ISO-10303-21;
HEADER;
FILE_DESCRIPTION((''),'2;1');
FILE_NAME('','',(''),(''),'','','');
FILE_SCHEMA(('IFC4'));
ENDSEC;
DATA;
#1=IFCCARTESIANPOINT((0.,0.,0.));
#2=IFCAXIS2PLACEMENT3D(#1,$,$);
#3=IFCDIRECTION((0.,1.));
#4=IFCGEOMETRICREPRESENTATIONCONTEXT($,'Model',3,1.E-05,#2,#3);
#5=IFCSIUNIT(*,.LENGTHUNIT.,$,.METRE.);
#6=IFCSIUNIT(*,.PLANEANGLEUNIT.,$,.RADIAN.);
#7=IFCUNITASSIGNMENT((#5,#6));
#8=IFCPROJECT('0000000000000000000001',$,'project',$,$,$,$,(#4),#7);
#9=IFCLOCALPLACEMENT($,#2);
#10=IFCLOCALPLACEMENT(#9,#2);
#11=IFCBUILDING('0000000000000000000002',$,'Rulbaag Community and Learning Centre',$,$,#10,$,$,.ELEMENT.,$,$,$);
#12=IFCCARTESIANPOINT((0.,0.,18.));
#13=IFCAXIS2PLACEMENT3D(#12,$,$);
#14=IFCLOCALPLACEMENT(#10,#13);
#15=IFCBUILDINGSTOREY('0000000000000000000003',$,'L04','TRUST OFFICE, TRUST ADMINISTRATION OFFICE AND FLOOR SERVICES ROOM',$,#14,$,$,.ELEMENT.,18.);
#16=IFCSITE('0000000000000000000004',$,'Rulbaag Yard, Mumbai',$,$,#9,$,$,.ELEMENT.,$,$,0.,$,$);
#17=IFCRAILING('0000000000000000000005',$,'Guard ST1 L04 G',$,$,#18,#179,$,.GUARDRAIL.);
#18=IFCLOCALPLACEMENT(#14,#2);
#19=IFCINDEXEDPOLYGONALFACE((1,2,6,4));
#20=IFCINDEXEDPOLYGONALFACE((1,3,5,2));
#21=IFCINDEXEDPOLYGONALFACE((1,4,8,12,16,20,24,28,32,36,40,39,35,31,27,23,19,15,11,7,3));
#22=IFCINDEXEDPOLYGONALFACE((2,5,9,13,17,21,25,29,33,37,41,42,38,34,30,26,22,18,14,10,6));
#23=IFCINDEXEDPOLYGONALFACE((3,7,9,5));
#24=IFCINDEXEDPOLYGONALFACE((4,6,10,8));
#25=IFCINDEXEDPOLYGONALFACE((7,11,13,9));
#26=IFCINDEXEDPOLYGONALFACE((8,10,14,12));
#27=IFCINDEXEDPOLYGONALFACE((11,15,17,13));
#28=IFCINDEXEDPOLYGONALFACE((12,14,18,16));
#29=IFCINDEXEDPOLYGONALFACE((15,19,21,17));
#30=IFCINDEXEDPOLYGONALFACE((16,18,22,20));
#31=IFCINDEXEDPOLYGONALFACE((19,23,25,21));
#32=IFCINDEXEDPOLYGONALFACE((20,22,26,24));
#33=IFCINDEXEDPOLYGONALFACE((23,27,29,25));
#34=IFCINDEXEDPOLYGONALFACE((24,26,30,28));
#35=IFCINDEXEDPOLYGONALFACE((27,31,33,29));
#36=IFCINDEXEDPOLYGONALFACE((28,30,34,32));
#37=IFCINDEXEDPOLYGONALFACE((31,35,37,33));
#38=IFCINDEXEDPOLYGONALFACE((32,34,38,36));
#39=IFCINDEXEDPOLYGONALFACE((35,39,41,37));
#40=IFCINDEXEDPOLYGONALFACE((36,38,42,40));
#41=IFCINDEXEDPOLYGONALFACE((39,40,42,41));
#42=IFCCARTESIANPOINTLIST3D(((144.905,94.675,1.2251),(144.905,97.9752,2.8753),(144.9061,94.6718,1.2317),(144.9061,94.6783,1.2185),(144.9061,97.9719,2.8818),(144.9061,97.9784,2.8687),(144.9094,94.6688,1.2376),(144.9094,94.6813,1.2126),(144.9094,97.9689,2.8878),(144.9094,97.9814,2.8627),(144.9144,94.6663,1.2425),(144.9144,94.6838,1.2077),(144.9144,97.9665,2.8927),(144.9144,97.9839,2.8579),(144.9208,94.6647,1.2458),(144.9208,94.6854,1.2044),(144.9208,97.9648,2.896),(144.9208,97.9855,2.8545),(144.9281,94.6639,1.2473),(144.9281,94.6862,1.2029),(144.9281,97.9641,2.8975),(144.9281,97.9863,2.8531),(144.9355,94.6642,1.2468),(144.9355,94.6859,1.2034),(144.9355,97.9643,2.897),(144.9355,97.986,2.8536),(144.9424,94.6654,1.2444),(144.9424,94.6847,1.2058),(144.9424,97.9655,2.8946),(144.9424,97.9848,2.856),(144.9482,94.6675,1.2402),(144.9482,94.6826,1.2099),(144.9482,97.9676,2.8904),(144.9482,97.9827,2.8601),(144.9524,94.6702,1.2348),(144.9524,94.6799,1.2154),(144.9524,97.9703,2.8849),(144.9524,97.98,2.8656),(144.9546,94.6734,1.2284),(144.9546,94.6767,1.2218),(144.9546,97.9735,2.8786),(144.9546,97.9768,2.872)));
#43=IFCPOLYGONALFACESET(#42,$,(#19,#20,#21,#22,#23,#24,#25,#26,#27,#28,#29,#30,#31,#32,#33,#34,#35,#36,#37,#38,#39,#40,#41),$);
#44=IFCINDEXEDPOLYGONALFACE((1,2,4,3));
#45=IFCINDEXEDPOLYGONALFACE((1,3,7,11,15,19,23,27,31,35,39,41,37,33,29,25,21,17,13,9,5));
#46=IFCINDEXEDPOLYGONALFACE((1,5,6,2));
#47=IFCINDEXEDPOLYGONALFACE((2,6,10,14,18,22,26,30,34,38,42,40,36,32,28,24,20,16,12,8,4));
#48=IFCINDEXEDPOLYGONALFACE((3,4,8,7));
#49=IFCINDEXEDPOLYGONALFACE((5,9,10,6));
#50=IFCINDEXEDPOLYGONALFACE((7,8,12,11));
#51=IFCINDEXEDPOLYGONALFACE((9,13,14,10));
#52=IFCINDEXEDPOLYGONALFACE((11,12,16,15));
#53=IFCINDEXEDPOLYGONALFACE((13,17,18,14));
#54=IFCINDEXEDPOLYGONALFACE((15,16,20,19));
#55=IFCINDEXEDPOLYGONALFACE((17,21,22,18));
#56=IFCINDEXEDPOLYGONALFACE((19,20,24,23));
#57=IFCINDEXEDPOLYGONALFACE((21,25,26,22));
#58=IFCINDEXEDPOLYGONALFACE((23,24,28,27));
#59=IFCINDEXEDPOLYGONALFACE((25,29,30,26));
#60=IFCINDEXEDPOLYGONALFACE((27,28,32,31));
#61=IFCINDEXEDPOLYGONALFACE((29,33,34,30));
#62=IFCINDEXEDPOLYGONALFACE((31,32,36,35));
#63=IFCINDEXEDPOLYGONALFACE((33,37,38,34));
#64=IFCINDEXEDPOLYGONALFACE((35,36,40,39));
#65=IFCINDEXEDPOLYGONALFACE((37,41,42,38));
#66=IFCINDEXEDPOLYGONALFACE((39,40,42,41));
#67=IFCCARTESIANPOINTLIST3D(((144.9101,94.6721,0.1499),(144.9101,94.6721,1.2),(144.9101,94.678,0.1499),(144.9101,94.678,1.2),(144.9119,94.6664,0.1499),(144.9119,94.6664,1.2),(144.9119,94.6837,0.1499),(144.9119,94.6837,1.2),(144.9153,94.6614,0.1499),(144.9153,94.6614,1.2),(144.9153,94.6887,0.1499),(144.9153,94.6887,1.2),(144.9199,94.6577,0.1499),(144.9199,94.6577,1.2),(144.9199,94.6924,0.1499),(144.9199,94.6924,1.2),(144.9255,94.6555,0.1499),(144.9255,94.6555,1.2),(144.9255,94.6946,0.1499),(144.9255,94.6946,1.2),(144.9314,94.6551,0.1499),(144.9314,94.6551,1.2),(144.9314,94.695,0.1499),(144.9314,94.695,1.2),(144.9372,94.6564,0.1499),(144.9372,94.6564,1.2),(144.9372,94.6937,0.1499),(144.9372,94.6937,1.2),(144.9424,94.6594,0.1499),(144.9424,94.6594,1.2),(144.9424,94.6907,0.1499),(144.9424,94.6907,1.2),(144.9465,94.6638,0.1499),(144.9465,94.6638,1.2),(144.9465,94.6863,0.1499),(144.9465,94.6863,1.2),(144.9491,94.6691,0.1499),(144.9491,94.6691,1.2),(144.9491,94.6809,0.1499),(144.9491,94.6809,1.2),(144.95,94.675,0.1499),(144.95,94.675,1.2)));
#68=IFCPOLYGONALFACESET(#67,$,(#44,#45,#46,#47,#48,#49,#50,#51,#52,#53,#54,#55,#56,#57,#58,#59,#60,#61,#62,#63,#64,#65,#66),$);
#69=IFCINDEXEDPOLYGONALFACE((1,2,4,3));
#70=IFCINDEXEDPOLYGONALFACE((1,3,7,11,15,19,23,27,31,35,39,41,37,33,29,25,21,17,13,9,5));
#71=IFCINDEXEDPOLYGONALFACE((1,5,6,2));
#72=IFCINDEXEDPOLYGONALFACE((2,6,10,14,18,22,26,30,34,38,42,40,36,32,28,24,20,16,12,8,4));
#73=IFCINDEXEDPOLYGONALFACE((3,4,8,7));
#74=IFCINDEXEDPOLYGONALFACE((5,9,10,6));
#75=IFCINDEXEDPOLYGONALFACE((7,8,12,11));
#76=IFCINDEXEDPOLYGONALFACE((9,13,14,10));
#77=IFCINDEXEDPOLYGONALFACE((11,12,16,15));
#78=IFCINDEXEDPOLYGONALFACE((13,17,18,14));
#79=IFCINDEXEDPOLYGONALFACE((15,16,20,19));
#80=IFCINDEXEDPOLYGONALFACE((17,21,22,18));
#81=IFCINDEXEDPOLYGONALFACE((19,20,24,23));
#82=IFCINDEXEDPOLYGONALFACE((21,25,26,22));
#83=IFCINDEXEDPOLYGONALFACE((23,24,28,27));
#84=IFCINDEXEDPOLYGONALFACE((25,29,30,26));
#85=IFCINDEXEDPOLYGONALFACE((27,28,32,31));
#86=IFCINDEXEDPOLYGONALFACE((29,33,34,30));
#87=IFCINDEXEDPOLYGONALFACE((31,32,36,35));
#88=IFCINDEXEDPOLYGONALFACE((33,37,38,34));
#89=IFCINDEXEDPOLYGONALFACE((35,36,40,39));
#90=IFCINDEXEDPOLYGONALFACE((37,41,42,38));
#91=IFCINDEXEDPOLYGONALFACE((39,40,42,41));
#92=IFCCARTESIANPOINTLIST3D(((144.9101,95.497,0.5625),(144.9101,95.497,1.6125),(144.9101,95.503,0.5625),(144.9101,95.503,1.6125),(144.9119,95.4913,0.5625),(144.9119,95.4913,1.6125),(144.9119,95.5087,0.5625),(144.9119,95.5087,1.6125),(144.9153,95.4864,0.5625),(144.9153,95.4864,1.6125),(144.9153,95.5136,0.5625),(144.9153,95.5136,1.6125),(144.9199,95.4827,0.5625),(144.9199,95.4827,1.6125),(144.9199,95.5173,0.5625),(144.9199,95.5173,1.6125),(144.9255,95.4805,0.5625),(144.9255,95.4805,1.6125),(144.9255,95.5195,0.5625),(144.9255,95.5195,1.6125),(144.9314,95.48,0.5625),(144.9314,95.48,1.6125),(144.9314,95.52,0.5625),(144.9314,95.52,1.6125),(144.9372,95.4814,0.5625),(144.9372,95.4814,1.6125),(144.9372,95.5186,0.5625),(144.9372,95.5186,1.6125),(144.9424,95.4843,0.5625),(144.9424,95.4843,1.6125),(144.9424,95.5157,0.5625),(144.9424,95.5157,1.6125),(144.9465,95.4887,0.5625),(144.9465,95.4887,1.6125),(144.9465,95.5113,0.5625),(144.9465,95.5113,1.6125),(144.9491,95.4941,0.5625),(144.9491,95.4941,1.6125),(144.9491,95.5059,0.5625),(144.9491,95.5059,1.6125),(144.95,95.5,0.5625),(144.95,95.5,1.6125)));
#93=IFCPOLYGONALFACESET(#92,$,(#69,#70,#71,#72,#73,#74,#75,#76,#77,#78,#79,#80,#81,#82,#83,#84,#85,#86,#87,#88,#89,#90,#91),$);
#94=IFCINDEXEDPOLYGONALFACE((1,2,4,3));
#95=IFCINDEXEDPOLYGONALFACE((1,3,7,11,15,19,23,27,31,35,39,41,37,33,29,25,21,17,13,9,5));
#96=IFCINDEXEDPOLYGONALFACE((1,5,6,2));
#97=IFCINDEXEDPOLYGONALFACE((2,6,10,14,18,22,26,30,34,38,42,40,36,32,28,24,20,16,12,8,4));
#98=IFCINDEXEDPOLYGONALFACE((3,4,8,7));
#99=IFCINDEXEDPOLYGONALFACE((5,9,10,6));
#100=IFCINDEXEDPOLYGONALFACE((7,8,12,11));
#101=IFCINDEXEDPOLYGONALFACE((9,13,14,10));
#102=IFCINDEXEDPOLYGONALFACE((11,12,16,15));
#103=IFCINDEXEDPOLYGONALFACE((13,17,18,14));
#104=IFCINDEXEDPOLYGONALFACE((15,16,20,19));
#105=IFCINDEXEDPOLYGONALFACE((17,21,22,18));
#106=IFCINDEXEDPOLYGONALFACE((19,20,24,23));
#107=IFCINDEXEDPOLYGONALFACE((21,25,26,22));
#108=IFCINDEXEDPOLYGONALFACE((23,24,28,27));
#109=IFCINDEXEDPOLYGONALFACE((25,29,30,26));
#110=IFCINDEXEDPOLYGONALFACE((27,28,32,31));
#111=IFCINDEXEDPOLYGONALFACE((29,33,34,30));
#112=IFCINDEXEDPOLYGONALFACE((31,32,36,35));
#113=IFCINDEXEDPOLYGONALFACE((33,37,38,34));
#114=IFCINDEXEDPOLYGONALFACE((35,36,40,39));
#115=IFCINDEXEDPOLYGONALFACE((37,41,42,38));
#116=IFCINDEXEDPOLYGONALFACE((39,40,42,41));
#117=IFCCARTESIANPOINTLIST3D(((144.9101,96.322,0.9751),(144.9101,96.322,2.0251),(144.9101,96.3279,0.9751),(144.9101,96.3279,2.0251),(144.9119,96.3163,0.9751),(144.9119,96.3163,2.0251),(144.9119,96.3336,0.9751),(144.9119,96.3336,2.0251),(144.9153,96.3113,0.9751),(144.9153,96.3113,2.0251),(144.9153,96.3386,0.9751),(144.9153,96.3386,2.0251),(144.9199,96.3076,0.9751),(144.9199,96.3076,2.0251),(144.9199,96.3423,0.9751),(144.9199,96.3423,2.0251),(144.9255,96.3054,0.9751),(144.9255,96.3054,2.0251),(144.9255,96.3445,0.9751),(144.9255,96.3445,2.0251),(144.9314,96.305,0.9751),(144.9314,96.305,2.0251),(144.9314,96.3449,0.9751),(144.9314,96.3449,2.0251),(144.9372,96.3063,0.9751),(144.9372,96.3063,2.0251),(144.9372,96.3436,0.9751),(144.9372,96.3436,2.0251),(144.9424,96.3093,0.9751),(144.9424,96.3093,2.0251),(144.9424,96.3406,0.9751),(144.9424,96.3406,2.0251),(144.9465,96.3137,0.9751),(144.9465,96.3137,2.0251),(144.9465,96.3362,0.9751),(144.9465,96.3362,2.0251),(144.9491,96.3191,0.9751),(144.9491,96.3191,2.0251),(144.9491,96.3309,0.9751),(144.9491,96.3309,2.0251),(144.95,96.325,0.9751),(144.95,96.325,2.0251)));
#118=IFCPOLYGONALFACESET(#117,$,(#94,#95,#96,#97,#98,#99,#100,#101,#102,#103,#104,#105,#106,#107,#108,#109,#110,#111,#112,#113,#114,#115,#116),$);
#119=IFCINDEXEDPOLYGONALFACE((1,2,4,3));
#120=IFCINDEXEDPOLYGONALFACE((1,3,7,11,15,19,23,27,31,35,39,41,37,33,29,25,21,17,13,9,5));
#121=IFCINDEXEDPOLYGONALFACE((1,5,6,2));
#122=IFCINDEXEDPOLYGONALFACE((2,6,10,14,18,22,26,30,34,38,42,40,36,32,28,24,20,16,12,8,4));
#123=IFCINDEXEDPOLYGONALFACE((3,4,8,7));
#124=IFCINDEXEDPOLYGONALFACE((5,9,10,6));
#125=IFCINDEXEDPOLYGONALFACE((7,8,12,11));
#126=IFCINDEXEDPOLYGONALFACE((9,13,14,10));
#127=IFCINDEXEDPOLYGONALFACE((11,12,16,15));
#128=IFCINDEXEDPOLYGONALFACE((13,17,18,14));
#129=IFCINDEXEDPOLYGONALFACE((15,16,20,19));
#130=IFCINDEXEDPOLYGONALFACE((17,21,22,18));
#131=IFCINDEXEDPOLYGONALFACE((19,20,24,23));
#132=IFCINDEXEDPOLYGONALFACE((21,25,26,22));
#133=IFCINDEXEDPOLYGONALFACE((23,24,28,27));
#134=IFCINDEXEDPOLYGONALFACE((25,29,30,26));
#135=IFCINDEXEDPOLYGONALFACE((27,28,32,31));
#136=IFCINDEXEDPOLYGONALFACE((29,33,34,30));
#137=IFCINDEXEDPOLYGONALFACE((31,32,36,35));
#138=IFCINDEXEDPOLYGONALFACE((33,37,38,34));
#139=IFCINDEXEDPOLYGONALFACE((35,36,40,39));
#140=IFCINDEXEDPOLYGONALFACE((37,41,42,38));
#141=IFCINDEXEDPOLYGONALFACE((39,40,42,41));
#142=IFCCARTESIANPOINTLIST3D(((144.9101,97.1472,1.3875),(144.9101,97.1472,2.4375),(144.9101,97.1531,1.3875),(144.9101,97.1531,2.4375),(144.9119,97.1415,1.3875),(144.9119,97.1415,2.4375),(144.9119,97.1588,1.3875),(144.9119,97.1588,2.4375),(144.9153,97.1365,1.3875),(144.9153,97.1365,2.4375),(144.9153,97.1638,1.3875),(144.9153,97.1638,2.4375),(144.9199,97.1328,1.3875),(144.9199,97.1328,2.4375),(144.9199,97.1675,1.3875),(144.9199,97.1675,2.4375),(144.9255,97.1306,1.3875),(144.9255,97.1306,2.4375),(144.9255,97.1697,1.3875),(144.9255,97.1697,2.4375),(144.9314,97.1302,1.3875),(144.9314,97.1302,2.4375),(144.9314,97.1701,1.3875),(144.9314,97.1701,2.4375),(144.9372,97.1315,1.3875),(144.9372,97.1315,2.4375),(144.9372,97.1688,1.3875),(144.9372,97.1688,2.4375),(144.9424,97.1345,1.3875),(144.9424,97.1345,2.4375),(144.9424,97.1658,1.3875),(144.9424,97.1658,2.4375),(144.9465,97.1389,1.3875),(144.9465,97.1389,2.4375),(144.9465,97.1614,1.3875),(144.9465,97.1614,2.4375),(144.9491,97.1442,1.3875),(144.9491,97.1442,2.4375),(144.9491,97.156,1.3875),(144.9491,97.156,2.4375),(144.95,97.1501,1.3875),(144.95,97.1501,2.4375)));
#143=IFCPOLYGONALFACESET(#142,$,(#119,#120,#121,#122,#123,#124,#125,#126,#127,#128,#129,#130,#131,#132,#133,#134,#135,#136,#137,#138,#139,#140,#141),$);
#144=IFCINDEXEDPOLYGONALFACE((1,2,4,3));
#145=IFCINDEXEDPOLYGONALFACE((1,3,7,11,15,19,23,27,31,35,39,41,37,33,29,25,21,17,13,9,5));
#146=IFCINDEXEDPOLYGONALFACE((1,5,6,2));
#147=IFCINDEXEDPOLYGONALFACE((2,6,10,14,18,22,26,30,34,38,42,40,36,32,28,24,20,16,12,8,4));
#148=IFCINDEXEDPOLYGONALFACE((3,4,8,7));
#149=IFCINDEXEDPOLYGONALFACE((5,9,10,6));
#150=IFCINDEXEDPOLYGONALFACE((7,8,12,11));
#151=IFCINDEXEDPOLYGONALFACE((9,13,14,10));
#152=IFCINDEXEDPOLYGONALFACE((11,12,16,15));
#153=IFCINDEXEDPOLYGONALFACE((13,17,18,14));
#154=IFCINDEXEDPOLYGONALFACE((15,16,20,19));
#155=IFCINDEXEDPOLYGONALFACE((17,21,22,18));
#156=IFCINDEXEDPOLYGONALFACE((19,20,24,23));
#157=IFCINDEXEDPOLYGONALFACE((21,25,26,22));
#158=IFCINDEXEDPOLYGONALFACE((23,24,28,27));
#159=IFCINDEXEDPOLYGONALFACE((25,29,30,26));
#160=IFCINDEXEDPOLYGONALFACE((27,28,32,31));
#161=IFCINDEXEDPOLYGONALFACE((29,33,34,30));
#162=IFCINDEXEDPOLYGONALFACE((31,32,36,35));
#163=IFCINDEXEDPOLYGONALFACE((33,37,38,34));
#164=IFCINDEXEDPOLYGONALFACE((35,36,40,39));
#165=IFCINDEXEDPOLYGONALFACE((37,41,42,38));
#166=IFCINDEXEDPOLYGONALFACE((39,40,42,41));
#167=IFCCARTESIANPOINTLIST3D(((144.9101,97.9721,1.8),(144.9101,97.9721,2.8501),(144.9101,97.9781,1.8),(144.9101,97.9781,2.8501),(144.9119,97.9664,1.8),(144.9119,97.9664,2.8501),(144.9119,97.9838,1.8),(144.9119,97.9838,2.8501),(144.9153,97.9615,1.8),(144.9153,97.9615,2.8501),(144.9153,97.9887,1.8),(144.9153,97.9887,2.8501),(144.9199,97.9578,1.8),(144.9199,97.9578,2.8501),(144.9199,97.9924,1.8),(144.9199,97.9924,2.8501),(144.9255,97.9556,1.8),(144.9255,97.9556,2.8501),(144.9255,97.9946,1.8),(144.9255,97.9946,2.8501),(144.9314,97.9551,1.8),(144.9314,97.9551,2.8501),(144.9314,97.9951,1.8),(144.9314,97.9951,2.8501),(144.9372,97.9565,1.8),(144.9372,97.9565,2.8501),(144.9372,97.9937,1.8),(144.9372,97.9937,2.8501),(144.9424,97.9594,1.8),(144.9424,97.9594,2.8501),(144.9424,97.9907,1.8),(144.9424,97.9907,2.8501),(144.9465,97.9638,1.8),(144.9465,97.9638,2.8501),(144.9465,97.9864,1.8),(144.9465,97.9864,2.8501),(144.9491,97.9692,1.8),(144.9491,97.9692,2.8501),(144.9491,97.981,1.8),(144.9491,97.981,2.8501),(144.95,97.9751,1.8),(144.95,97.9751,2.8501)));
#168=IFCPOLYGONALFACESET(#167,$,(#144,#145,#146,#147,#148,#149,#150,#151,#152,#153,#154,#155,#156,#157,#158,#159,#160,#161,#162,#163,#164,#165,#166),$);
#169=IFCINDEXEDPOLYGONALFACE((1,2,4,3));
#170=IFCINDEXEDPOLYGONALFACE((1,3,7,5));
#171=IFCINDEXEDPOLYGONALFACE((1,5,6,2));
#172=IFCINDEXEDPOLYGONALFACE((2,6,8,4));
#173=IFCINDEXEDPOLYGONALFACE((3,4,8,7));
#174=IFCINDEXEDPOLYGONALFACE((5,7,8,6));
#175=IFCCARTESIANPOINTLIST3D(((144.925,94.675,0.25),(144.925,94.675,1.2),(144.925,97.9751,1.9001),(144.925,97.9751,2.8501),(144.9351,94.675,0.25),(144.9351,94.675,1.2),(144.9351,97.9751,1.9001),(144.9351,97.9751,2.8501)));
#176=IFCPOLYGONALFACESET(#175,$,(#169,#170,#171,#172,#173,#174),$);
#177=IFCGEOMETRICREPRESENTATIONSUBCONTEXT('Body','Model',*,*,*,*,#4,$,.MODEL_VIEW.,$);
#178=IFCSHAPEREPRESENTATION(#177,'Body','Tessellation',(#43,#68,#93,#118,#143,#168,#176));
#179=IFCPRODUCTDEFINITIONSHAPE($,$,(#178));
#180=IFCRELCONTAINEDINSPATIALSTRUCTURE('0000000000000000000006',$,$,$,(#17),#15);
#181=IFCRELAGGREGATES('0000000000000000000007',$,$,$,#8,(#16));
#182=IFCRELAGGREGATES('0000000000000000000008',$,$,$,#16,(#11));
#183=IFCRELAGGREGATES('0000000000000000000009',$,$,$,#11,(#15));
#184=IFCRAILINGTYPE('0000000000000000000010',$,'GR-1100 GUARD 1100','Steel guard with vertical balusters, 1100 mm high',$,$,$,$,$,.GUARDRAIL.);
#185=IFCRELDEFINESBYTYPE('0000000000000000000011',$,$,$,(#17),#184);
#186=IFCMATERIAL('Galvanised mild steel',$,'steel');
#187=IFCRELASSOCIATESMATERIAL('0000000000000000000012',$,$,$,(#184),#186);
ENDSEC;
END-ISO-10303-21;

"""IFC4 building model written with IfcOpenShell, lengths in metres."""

from ifc_helpers import new_model, si_unit, direction, frame, origin, origin_2d, place, context, subcontext, project, spatial, polyline, circle, outline, extrude, material, type_object, element, save


model = new_model("IFC4")

# Units and contexts
model_context = context("Model", 3, precision=1e-05, world=origin(), true_north=direction((0.0, 1.0)))
body_context = subcontext(model_context, "Body", "Model", "MODEL_VIEW")
ifc_project = project(units=[si_unit("LENGTHUNIT", "METRE"), si_unit("PLANEANGLEUNIT", "RADIAN")], contexts=[model_context])

# Site, building, storey
site_placement = place(None, origin())
site = spatial("IfcSite", under=ifc_project, at=site_placement, Name="Rulbaag Yard, Mumbai", CompositionType="ELEMENT", RefElevation=0.0)
building_placement = place(site_placement, origin())
building = spatial("IfcBuilding", under=site, at=building_placement, Name="Rulbaag Community and Learning Centre", CompositionType="ELEMENT")
storey_placement = place(building_placement, frame((0.0, 0.0, 18.0)))
storey = spatial("IfcBuildingStorey", under=building, at=storey_placement, Name="L04", Description="TRUST OFFICE, TRUST ADMINISTRATION OFFICE AND FLOOR SERVICES ROOM", CompositionType="ELEMENT", Elevation=18.0)

# Railing
ifc_material_1 = material(Name="Galvanised mild steel", Category="steel")
railing_type = type_object("IfcRailingType", Name="GR-1100 GUARD 1100", Description="Steel guard with vertical balusters, 1100 mm high", PredefinedType="GUARDRAIL", material=ifc_material_1)
railing_1_placement = place(storey_placement, frame((144.9299, 94.675, 0.1499)))
element("IfcRailing", 1, at=railing_1_placement, inside=storey, type_object=railing_type, Name="Guard ST1 L04 G", PredefinedType="GUARDRAIL", context=body_context, shape_type="SweptSolid", body=[
    extrude(circle(Radius=0.0249, at=origin_2d()), frame((0.0, 0.0, 1.0752), z_axis=(0.0, 0.894414, 0.44724), x_axis=(-1.0, 0.0, 0.0)), (0.0, 0.0, 1.0), 3.6897),
    extrude(circle(Radius=0.02, at=origin_2d()), origin(), (0.0, 0.0, 1.0), 1.05),
    extrude(circle(Radius=0.02, at=origin_2d()), frame((0.0, 0.825, 0.4126)), (0.0, 0.0, 1.0), 1.05),
    extrude(circle(Radius=0.02, at=origin_2d()), frame((0.0, 1.6499, 0.8252)), (0.0, 0.0, 1.0), 1.05),
    extrude(circle(Radius=0.02, at=origin_2d()), frame((0.0, 2.4751, 1.2375)), (0.0, 0.0, 1.0), 1.05),
    extrude(circle(Radius=0.02, at=origin_2d()), frame((0.0, 3.3, 1.6501)), (0.0, 0.0, 1.0), 1.05),
    extrude(outline(polyline([(0.0, 0.0), (3.3, 1.6501), (3.3, 2.6001), (0.0, 0.95), (0.0, 0.0)])), frame((-0.0049, 0.0, 0.1001), z_axis=(1.0, 0.0, 0.0), x_axis=(0.0, 1.0, 0.0)), (0.0, 0.0, 1.0), 0.01),
])

save(model, "model.ifc")
